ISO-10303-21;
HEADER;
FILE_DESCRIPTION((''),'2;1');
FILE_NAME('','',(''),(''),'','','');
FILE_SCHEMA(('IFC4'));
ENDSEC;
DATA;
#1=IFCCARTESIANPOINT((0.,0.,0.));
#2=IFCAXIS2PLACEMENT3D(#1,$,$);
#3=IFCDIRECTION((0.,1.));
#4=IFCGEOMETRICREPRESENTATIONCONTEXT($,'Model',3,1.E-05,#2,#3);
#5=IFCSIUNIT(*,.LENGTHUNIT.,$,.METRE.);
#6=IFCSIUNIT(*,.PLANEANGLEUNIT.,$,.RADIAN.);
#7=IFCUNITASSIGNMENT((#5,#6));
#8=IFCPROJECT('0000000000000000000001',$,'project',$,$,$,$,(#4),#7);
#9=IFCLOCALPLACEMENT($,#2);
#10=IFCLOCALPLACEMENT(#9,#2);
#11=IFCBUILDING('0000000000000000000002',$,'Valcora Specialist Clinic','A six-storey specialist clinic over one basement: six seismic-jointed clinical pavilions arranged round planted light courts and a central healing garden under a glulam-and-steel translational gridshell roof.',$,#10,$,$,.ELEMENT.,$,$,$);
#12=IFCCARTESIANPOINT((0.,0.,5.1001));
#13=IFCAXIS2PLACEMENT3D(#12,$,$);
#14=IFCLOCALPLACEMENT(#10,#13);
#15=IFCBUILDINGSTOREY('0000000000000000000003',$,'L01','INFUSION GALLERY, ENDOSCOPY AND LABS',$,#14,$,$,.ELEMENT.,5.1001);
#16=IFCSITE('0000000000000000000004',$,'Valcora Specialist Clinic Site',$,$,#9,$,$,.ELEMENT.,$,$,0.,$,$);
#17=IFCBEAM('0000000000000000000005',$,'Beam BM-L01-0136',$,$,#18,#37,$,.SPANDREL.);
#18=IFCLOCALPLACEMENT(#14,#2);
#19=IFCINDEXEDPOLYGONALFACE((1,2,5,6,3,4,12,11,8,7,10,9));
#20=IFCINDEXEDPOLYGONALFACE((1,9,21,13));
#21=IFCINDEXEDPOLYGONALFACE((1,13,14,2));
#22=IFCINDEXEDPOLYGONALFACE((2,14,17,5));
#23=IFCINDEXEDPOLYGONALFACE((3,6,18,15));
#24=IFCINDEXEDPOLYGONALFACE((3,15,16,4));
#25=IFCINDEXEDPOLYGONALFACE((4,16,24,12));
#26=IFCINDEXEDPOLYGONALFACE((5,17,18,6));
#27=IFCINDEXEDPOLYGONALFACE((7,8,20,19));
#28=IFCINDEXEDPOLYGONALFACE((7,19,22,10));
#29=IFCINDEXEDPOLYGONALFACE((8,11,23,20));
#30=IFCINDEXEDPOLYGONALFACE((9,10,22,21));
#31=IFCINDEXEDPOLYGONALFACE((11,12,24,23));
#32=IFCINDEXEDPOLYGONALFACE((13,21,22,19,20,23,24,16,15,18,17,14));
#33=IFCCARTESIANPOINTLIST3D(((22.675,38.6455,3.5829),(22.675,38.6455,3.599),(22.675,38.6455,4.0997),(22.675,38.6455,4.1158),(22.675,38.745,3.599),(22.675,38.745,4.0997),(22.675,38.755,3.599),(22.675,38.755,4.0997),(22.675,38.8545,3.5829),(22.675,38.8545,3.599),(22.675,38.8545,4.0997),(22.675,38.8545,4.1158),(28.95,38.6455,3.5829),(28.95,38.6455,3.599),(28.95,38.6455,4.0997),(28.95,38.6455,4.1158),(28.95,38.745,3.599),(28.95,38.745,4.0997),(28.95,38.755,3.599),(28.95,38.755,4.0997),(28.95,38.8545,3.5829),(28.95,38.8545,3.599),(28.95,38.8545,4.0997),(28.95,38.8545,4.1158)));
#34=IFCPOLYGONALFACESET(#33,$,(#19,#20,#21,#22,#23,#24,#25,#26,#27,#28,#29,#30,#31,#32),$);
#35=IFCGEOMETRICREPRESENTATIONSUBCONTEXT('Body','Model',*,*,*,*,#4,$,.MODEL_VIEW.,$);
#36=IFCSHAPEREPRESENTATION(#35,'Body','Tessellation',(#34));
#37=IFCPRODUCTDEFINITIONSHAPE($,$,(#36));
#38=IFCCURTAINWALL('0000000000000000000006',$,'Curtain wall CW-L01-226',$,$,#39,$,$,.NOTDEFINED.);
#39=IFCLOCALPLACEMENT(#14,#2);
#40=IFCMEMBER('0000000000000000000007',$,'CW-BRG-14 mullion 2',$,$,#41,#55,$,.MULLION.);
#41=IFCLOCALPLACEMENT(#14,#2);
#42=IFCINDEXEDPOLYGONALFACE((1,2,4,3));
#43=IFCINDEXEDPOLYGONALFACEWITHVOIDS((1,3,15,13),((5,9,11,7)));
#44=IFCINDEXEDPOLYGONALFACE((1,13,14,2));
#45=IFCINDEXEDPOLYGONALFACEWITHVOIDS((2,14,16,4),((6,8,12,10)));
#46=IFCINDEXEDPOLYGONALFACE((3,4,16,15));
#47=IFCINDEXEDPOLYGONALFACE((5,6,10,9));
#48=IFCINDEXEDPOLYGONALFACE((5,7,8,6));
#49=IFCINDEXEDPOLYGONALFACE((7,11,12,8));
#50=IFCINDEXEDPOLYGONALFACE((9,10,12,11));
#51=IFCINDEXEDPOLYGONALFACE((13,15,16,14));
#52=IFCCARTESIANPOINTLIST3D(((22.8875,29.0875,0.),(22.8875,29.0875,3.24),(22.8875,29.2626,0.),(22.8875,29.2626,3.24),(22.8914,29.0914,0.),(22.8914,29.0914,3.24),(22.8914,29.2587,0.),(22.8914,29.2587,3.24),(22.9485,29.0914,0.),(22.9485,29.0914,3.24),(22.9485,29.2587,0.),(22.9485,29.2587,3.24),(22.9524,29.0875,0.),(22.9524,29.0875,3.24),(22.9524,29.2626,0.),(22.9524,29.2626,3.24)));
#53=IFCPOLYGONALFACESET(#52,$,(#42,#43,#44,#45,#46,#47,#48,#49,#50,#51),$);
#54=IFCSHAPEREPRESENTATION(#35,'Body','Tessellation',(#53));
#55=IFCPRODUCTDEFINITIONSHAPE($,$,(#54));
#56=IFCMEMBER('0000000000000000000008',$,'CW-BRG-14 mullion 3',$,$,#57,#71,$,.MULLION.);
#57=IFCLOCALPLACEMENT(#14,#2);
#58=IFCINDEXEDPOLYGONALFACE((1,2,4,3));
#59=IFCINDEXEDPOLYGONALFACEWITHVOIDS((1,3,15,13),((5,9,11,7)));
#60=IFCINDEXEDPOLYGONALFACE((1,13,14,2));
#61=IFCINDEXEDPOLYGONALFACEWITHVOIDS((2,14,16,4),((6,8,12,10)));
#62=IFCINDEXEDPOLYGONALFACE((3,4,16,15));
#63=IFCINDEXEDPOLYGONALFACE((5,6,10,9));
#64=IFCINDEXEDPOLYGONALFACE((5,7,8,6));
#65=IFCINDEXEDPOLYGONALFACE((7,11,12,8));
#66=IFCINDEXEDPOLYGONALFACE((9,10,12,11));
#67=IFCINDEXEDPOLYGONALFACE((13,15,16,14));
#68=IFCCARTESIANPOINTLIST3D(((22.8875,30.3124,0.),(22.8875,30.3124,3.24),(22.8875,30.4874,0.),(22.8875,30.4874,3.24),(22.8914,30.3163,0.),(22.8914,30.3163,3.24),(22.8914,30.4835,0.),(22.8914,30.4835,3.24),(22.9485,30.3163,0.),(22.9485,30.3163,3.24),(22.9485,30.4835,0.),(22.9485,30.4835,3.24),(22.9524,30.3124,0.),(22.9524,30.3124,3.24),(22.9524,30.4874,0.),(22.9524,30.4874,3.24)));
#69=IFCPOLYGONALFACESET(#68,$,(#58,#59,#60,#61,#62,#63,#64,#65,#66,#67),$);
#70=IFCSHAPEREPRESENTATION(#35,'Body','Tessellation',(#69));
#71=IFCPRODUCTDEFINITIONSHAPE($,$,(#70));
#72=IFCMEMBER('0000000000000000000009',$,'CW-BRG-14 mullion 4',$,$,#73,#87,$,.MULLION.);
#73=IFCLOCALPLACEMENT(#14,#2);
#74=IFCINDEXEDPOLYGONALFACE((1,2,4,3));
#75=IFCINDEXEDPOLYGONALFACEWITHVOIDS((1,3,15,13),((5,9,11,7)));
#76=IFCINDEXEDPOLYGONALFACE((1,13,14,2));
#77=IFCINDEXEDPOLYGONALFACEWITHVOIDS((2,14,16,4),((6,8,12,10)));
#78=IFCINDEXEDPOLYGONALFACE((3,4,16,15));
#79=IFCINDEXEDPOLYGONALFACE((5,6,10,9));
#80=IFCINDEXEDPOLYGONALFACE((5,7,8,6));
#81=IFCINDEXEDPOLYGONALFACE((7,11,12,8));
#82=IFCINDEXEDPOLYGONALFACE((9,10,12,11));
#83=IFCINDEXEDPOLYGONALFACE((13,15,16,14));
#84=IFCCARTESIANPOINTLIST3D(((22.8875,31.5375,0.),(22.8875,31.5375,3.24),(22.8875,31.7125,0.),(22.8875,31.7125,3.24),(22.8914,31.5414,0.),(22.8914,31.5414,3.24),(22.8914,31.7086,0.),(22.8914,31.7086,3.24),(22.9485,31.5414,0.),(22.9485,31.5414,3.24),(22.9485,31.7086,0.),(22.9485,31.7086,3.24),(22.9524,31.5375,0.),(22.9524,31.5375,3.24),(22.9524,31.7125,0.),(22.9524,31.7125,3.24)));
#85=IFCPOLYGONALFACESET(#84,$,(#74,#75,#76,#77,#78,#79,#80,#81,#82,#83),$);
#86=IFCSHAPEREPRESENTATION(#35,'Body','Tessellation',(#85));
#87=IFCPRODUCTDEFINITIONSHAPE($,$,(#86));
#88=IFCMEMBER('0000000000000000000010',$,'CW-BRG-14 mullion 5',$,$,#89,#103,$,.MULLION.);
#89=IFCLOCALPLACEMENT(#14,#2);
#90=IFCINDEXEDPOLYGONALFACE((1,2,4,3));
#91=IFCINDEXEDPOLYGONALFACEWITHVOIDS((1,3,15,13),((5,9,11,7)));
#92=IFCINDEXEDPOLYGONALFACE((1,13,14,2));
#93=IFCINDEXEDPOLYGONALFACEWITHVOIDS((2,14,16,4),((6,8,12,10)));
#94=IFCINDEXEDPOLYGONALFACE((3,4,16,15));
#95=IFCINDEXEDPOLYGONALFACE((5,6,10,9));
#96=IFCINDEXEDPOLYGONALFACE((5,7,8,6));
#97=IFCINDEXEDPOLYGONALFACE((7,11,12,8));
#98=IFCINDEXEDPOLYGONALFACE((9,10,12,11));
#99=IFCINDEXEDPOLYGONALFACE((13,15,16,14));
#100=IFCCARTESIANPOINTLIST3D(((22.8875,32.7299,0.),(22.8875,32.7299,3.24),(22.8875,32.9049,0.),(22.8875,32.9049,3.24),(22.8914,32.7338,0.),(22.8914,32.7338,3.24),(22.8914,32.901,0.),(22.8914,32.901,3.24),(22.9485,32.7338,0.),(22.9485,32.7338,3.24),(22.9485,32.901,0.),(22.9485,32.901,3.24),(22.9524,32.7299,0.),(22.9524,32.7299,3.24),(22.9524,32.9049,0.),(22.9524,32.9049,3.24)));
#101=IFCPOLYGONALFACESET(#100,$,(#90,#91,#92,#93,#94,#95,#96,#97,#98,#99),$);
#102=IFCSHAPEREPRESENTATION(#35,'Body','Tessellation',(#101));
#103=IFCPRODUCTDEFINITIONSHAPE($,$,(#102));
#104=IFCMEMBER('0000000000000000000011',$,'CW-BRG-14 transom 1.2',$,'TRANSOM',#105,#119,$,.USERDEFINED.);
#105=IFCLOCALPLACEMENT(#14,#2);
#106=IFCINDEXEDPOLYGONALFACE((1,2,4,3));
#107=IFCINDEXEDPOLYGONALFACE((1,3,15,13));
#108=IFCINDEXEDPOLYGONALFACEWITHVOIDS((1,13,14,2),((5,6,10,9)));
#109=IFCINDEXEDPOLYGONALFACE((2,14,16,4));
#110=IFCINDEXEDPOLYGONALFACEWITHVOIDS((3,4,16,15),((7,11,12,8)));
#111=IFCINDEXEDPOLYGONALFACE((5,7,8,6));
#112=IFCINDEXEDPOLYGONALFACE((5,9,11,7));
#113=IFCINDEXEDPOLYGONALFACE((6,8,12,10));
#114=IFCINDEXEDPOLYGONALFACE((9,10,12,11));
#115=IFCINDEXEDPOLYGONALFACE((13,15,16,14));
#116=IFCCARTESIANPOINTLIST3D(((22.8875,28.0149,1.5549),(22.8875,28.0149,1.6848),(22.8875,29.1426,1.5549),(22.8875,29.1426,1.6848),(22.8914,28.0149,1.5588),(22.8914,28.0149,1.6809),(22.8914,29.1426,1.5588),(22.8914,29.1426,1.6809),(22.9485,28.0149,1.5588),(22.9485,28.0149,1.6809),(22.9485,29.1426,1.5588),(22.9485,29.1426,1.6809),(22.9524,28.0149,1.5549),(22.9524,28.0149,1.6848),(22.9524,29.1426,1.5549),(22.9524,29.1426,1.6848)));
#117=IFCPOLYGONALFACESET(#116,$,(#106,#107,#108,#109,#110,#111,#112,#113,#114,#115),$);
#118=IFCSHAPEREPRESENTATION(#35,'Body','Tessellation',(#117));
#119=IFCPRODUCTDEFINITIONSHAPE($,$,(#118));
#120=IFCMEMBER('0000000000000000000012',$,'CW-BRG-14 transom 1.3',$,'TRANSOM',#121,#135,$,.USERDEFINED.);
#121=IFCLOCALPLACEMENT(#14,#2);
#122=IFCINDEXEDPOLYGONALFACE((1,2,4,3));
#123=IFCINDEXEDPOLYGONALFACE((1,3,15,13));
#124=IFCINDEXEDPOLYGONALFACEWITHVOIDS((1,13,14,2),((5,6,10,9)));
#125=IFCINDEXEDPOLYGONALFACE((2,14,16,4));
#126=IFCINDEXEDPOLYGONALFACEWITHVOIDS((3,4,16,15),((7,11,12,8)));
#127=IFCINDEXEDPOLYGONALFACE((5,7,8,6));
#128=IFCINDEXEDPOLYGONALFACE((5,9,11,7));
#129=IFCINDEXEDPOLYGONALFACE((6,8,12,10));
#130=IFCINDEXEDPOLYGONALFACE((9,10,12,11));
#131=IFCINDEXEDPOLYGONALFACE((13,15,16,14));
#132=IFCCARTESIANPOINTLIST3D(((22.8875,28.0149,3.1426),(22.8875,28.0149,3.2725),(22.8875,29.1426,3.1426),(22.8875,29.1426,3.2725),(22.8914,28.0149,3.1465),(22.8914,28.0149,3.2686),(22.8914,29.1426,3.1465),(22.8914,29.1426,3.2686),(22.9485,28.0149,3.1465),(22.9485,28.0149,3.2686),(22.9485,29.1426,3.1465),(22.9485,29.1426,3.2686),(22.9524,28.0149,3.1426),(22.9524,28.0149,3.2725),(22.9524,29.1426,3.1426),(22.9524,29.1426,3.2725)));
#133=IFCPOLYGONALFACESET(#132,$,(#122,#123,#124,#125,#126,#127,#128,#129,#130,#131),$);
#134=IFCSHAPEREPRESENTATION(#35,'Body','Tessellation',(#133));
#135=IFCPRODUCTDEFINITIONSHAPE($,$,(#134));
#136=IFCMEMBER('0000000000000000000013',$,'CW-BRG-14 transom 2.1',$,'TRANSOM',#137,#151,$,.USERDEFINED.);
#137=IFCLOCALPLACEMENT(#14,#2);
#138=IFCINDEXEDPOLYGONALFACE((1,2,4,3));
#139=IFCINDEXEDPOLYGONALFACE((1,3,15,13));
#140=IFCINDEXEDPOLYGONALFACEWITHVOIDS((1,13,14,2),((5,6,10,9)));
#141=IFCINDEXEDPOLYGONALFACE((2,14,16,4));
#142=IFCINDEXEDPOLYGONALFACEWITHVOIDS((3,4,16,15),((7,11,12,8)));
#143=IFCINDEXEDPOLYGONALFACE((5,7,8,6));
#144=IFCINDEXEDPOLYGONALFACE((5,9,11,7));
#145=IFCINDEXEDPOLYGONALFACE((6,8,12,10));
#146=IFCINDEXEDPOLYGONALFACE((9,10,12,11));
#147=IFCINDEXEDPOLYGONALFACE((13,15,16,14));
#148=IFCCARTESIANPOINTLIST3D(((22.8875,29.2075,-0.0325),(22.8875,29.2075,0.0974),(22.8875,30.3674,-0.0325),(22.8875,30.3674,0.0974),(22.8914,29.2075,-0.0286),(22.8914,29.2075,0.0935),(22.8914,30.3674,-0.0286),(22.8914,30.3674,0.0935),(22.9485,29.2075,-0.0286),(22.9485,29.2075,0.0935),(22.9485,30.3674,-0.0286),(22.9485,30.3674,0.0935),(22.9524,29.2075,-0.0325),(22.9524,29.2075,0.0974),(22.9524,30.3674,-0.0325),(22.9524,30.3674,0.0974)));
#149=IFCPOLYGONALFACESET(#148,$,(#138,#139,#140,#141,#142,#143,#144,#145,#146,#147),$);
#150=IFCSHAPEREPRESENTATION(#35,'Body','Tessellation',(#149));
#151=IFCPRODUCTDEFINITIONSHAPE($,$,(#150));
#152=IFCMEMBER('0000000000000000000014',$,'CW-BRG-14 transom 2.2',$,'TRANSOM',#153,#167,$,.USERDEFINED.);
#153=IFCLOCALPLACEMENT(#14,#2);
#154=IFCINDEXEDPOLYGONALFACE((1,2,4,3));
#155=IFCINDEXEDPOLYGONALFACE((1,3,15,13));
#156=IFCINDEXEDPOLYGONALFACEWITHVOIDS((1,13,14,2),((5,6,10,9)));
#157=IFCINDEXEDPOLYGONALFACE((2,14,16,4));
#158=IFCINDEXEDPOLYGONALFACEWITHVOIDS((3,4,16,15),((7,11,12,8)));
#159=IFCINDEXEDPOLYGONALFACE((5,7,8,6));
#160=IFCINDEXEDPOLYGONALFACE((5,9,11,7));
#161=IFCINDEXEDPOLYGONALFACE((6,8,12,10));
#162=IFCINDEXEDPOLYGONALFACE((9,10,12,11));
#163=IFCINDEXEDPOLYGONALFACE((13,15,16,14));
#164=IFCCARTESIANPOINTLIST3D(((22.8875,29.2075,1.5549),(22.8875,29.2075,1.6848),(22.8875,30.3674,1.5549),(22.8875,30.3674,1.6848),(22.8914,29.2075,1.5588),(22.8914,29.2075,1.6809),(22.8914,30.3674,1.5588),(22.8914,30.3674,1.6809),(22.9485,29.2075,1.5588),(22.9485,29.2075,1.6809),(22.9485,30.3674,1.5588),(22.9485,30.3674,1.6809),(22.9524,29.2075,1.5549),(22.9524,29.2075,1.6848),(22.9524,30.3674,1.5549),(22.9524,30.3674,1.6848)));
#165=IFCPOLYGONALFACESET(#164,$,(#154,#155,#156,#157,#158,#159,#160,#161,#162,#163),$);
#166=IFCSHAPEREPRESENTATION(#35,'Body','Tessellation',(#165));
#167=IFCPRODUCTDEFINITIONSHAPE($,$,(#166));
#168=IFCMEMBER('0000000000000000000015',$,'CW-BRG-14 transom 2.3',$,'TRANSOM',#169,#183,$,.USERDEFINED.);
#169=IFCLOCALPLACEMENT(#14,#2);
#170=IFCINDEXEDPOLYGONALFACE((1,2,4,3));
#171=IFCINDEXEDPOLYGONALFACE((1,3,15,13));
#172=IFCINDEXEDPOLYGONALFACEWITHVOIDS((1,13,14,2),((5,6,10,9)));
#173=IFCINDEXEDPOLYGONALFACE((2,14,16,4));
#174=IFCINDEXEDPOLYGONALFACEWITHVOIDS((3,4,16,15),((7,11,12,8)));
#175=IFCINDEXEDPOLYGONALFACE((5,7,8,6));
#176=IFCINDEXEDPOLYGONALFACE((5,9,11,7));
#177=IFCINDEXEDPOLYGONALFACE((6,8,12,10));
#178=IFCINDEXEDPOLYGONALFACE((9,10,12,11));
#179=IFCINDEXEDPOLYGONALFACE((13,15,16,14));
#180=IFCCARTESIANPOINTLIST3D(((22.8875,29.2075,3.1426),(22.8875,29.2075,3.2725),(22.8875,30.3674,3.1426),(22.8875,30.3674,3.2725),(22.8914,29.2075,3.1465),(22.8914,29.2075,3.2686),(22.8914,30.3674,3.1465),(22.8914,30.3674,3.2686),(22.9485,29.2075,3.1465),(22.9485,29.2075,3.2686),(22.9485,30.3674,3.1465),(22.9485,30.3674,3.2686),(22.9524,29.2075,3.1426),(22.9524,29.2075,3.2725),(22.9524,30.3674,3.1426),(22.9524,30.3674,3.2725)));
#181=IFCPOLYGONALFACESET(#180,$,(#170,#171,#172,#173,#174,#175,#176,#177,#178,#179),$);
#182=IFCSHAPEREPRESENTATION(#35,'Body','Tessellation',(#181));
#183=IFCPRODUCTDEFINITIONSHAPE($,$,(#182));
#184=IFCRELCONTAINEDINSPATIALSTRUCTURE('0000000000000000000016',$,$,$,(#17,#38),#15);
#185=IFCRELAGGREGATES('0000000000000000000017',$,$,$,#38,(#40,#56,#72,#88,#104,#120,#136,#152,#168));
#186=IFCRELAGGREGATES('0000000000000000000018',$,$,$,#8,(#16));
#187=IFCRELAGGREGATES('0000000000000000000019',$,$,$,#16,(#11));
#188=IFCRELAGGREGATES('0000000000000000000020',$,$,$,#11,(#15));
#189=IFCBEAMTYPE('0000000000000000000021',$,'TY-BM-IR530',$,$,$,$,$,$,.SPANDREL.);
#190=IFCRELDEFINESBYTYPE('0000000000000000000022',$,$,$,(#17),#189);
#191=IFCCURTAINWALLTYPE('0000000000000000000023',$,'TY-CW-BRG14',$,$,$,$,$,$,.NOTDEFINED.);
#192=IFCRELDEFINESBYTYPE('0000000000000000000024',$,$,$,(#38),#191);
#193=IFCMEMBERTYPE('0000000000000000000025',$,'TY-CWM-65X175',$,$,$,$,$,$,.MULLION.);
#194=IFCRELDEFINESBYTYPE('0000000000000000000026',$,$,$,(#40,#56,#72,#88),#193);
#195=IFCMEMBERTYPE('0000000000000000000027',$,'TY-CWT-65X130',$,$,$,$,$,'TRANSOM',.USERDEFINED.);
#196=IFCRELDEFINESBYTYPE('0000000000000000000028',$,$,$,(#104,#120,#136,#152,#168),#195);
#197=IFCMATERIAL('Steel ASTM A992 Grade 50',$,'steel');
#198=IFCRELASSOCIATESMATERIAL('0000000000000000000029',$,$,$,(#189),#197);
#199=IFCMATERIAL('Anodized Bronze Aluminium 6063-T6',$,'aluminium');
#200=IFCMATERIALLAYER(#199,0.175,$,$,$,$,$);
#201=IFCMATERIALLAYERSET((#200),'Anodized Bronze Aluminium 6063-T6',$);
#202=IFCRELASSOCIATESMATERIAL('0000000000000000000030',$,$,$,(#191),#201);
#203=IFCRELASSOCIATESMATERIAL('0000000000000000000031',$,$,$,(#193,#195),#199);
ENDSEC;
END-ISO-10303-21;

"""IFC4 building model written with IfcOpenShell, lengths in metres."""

from ifc_helpers import new_model, si_unit, direction, frame, origin, origin_2d, place, context, subcontext, project, spatial, hollow_rectangle, i_section, extrude, material, layer, layer_set, material_profile, profile_set, type_object, element, aggregate, save


model = new_model("IFC4")

# Units and contexts
model_context = context("Model", 3, precision=1e-05, world=origin(), true_north=direction((0.0, 1.0)))
body_context = subcontext(model_context, "Body", "Model", "MODEL_VIEW")
ifc_project = project(units=[si_unit("LENGTHUNIT", "METRE"), si_unit("PLANEANGLEUNIT", "RADIAN")], contexts=[model_context])

# Site, building, storey
site_placement = place(None, origin())
site = spatial("IfcSite", under=ifc_project, at=site_placement, Name="Valcora Specialist Clinic Site", CompositionType="ELEMENT", RefElevation=0.0)
building_placement = place(site_placement, origin())
building = spatial("IfcBuilding", under=site, at=building_placement, Name="Valcora Specialist Clinic", Description="A six-storey specialist clinic over one basement: six seismic-jointed clinical pavilions arranged round planted light courts and a central healing garden under a glulam-and-steel translational gridshell roof.", CompositionType="ELEMENT")
storey_placement = place(building_placement, frame((0.0, 0.0, 5.1001)))
storey = spatial("IfcBuildingStorey", under=building, at=storey_placement, Name="L01", Description="INFUSION GALLERY, ENDOSCOPY AND LABS", CompositionType="ELEMENT", Elevation=5.1001)

# Beam
ifc_material_1 = material(Name="Steel ASTM A992 Grade 50", Category="steel")
ifc_material_profile_1 = material_profile(ifc_material_1, i_section(OverallWidth=0.209, OverallDepth=0.533, WebThickness=0.01, FlangeThickness=0.0161, at=origin_2d()), Name="ST-IR-530X210")
ifc_profile_set_1 = profile_set([ifc_material_profile_1], Name="Steel ASTM A992 Grade 50")
beam_type = type_object("IfcBeamType", Name="TY-BM-IR530", PredefinedType="SPANDREL", material=ifc_profile_set_1)
beam_placement = place(storey_placement, frame((22.675, 38.75, 3.8494), z_axis=(1.0, 0.0, 0.0), x_axis=(0.0, 1.0, 0.0)))
element("IfcBeam", 1, at=beam_placement, inside=storey, type_object=beam_type, Name="Beam BM-L01-0136", PredefinedType="SPANDREL", context=body_context, shape_type="SweptSolid", body=[
    extrude(i_section(OverallWidth=0.209, OverallDepth=0.533, WebThickness=0.01, FlangeThickness=0.0161, at=origin_2d()), origin(), (0.0, 0.0, 1.0), 6.2749),
])

# Curtain wall, members
ifc_material_2 = material(Name="Anodized Bronze Aluminium 6063-T6", Category="aluminium")
ifc_layer_1 = layer(ifc_material_2, 0.175)
ifc_layer_set_1 = layer_set([ifc_layer_1], Name="Anodized Bronze Aluminium 6063-T6")
curtain_wall_type = type_object("IfcCurtainWallType", Name="TY-CW-BRG14", PredefinedType="NOTDEFINED", material=ifc_layer_set_1)
curtain_wall_placement = place(storey_placement, origin())
curtain_wall = element("IfcCurtainWall", 2, at=curtain_wall_placement, inside=storey, type_object=curtain_wall_type, Name="Curtain wall CW-L01-226", PredefinedType="NOTDEFINED")
ifc_material_profile_2 = material_profile(ifc_material_2, hollow_rectangle(XDim=0.0649, YDim=0.175, WallThickness=0.0039, at=origin_2d()), Name="AL-MUL-65X175")
ifc_profile_set_2 = profile_set([ifc_material_profile_2], Name="Anodized Bronze Aluminium 6063-T6")
member_type_1 = type_object("IfcMemberType", Name="TY-CWM-65X175", PredefinedType="MULLION", material=ifc_profile_set_2)
member_1_placement = place(storey_placement, frame((22.9199, 29.175, 0.0), z_axis=(0.0, 0.0, 1.0), x_axis=(-1.0, 0.0, 0.0)))
member_1 = element("IfcMember", 3, at=member_1_placement, type_object=member_type_1, Name="CW-BRG-14 mullion 2", PredefinedType="MULLION", context=body_context, shape_type="SweptSolid", body=[
    extrude(hollow_rectangle(XDim=0.0649, YDim=0.175, WallThickness=0.0039, at=origin_2d()), origin(), (0.0, 0.0, 1.0), 3.24),
])
member_2_placement = place(storey_placement, frame((22.9199, 30.3999, 0.0), z_axis=(0.0, 0.0, 1.0), x_axis=(-1.0, 0.0, 0.0)))
member_2 = element("IfcMember", 4, at=member_2_placement, type_object=member_type_1, Name="CW-BRG-14 mullion 3", PredefinedType="MULLION", context=body_context, shape_type="SweptSolid", body=[
    extrude(hollow_rectangle(XDim=0.0649, YDim=0.175, WallThickness=0.0039, at=origin_2d()), origin(), (0.0, 0.0, 1.0), 3.24),
])
member_3_placement = place(storey_placement, frame((22.9199, 31.625, 0.0), z_axis=(0.0, 0.0, 1.0), x_axis=(-1.0, 0.0, 0.0)))
member_3 = element("IfcMember", 5, at=member_3_placement, type_object=member_type_1, Name="CW-BRG-14 mullion 4", PredefinedType="MULLION", context=body_context, shape_type="SweptSolid", body=[
    extrude(hollow_rectangle(XDim=0.0649, YDim=0.175, WallThickness=0.0039, at=origin_2d()), origin(), (0.0, 0.0, 1.0), 3.24),
])
member_4_placement = place(storey_placement, frame((22.9199, 32.8174, 0.0), z_axis=(0.0, 0.0, 1.0), x_axis=(-1.0, 0.0, 0.0)))
member_4 = element("IfcMember", 6, at=member_4_placement, type_object=member_type_1, Name="CW-BRG-14 mullion 5", PredefinedType="MULLION", context=body_context, shape_type="SweptSolid", body=[
    extrude(hollow_rectangle(XDim=0.0649, YDim=0.175, WallThickness=0.0039, at=origin_2d()), origin(), (0.0, 0.0, 1.0), 3.24),
])
ifc_material_profile_3 = material_profile(ifc_material_2, hollow_rectangle(XDim=0.0649, YDim=0.1299, WallThickness=0.0039, at=origin_2d()), Name="AL-TRN-65X130")
ifc_profile_set_3 = profile_set([ifc_material_profile_3], Name="Anodized Bronze Aluminium 6063-T6")
member_type_2 = type_object("IfcMemberType", Name="TY-CWT-65X130", ElementType="TRANSOM", PredefinedType="USERDEFINED", material=ifc_profile_set_3)
member_5_placement = place(storey_placement, frame((22.9199, 28.0149, 1.6199), z_axis=(0.0, 1.0, 0.0), x_axis=(-1.0, 0.0, 0.0)))
member_5 = element("IfcMember", 7, at=member_5_placement, type_object=member_type_2, Name="CW-BRG-14 transom 1.2", ObjectType="TRANSOM", PredefinedType="USERDEFINED", context=body_context, shape_type="SweptSolid", body=[
    extrude(hollow_rectangle(XDim=0.0649, YDim=0.1299, WallThickness=0.0039, at=origin_2d()), origin(), (0.0, 0.0, 1.0), 1.1277),
])
member_6_placement = place(storey_placement, frame((22.9199, 28.0149, 3.2075), z_axis=(0.0, 1.0, 0.0), x_axis=(-1.0, 0.0, 0.0)))
member_6 = element("IfcMember", 8, at=member_6_placement, type_object=member_type_2, Name="CW-BRG-14 transom 1.3", ObjectType="TRANSOM", PredefinedType="USERDEFINED", context=body_context, shape_type="SweptSolid", body=[
    extrude(hollow_rectangle(XDim=0.0649, YDim=0.1299, WallThickness=0.0039, at=origin_2d()), origin(), (0.0, 0.0, 1.0), 1.1277),
])
member_7_placement = place(storey_placement, frame((22.9199, 29.2075, 0.0325), z_axis=(0.0, 1.0, 0.0), x_axis=(-1.0, 0.0, 0.0)))
member_7 = element("IfcMember", 9, at=member_7_placement, type_object=member_type_2, Name="CW-BRG-14 transom 2.1", ObjectType="TRANSOM", PredefinedType="USERDEFINED", context=body_context, shape_type="SweptSolid", body=[
    extrude(hollow_rectangle(XDim=0.0649, YDim=0.1299, WallThickness=0.0039, at=origin_2d()), origin(), (0.0, 0.0, 1.0), 1.1599),
])
member_8_placement = place(storey_placement, frame((22.9199, 29.2075, 1.6199), z_axis=(0.0, 1.0, 0.0), x_axis=(-1.0, 0.0, 0.0)))
member_8 = element("IfcMember", 10, at=member_8_placement, type_object=member_type_2, Name="CW-BRG-14 transom 2.2", ObjectType="TRANSOM", PredefinedType="USERDEFINED", context=body_context, shape_type="SweptSolid", body=[
    extrude(hollow_rectangle(XDim=0.0649, YDim=0.1299, WallThickness=0.0039, at=origin_2d()), origin(), (0.0, 0.0, 1.0), 1.1599),
])
member_9_placement = place(storey_placement, frame((22.9199, 29.2075, 3.2075), z_axis=(0.0, 1.0, 0.0), x_axis=(-1.0, 0.0, 0.0)))
member_9 = element("IfcMember", 11, at=member_9_placement, type_object=member_type_2, Name="CW-BRG-14 transom 2.3", ObjectType="TRANSOM", PredefinedType="USERDEFINED", context=body_context, shape_type="SweptSolid", body=[
    extrude(hollow_rectangle(XDim=0.0649, YDim=0.1299, WallThickness=0.0039, at=origin_2d()), origin(), (0.0, 0.0, 1.0), 1.1599),
])
aggregate(curtain_wall, [member_1, member_2, member_3, member_4, member_5, member_6, member_7, member_8, member_9])

save(model, "model.ifc")
